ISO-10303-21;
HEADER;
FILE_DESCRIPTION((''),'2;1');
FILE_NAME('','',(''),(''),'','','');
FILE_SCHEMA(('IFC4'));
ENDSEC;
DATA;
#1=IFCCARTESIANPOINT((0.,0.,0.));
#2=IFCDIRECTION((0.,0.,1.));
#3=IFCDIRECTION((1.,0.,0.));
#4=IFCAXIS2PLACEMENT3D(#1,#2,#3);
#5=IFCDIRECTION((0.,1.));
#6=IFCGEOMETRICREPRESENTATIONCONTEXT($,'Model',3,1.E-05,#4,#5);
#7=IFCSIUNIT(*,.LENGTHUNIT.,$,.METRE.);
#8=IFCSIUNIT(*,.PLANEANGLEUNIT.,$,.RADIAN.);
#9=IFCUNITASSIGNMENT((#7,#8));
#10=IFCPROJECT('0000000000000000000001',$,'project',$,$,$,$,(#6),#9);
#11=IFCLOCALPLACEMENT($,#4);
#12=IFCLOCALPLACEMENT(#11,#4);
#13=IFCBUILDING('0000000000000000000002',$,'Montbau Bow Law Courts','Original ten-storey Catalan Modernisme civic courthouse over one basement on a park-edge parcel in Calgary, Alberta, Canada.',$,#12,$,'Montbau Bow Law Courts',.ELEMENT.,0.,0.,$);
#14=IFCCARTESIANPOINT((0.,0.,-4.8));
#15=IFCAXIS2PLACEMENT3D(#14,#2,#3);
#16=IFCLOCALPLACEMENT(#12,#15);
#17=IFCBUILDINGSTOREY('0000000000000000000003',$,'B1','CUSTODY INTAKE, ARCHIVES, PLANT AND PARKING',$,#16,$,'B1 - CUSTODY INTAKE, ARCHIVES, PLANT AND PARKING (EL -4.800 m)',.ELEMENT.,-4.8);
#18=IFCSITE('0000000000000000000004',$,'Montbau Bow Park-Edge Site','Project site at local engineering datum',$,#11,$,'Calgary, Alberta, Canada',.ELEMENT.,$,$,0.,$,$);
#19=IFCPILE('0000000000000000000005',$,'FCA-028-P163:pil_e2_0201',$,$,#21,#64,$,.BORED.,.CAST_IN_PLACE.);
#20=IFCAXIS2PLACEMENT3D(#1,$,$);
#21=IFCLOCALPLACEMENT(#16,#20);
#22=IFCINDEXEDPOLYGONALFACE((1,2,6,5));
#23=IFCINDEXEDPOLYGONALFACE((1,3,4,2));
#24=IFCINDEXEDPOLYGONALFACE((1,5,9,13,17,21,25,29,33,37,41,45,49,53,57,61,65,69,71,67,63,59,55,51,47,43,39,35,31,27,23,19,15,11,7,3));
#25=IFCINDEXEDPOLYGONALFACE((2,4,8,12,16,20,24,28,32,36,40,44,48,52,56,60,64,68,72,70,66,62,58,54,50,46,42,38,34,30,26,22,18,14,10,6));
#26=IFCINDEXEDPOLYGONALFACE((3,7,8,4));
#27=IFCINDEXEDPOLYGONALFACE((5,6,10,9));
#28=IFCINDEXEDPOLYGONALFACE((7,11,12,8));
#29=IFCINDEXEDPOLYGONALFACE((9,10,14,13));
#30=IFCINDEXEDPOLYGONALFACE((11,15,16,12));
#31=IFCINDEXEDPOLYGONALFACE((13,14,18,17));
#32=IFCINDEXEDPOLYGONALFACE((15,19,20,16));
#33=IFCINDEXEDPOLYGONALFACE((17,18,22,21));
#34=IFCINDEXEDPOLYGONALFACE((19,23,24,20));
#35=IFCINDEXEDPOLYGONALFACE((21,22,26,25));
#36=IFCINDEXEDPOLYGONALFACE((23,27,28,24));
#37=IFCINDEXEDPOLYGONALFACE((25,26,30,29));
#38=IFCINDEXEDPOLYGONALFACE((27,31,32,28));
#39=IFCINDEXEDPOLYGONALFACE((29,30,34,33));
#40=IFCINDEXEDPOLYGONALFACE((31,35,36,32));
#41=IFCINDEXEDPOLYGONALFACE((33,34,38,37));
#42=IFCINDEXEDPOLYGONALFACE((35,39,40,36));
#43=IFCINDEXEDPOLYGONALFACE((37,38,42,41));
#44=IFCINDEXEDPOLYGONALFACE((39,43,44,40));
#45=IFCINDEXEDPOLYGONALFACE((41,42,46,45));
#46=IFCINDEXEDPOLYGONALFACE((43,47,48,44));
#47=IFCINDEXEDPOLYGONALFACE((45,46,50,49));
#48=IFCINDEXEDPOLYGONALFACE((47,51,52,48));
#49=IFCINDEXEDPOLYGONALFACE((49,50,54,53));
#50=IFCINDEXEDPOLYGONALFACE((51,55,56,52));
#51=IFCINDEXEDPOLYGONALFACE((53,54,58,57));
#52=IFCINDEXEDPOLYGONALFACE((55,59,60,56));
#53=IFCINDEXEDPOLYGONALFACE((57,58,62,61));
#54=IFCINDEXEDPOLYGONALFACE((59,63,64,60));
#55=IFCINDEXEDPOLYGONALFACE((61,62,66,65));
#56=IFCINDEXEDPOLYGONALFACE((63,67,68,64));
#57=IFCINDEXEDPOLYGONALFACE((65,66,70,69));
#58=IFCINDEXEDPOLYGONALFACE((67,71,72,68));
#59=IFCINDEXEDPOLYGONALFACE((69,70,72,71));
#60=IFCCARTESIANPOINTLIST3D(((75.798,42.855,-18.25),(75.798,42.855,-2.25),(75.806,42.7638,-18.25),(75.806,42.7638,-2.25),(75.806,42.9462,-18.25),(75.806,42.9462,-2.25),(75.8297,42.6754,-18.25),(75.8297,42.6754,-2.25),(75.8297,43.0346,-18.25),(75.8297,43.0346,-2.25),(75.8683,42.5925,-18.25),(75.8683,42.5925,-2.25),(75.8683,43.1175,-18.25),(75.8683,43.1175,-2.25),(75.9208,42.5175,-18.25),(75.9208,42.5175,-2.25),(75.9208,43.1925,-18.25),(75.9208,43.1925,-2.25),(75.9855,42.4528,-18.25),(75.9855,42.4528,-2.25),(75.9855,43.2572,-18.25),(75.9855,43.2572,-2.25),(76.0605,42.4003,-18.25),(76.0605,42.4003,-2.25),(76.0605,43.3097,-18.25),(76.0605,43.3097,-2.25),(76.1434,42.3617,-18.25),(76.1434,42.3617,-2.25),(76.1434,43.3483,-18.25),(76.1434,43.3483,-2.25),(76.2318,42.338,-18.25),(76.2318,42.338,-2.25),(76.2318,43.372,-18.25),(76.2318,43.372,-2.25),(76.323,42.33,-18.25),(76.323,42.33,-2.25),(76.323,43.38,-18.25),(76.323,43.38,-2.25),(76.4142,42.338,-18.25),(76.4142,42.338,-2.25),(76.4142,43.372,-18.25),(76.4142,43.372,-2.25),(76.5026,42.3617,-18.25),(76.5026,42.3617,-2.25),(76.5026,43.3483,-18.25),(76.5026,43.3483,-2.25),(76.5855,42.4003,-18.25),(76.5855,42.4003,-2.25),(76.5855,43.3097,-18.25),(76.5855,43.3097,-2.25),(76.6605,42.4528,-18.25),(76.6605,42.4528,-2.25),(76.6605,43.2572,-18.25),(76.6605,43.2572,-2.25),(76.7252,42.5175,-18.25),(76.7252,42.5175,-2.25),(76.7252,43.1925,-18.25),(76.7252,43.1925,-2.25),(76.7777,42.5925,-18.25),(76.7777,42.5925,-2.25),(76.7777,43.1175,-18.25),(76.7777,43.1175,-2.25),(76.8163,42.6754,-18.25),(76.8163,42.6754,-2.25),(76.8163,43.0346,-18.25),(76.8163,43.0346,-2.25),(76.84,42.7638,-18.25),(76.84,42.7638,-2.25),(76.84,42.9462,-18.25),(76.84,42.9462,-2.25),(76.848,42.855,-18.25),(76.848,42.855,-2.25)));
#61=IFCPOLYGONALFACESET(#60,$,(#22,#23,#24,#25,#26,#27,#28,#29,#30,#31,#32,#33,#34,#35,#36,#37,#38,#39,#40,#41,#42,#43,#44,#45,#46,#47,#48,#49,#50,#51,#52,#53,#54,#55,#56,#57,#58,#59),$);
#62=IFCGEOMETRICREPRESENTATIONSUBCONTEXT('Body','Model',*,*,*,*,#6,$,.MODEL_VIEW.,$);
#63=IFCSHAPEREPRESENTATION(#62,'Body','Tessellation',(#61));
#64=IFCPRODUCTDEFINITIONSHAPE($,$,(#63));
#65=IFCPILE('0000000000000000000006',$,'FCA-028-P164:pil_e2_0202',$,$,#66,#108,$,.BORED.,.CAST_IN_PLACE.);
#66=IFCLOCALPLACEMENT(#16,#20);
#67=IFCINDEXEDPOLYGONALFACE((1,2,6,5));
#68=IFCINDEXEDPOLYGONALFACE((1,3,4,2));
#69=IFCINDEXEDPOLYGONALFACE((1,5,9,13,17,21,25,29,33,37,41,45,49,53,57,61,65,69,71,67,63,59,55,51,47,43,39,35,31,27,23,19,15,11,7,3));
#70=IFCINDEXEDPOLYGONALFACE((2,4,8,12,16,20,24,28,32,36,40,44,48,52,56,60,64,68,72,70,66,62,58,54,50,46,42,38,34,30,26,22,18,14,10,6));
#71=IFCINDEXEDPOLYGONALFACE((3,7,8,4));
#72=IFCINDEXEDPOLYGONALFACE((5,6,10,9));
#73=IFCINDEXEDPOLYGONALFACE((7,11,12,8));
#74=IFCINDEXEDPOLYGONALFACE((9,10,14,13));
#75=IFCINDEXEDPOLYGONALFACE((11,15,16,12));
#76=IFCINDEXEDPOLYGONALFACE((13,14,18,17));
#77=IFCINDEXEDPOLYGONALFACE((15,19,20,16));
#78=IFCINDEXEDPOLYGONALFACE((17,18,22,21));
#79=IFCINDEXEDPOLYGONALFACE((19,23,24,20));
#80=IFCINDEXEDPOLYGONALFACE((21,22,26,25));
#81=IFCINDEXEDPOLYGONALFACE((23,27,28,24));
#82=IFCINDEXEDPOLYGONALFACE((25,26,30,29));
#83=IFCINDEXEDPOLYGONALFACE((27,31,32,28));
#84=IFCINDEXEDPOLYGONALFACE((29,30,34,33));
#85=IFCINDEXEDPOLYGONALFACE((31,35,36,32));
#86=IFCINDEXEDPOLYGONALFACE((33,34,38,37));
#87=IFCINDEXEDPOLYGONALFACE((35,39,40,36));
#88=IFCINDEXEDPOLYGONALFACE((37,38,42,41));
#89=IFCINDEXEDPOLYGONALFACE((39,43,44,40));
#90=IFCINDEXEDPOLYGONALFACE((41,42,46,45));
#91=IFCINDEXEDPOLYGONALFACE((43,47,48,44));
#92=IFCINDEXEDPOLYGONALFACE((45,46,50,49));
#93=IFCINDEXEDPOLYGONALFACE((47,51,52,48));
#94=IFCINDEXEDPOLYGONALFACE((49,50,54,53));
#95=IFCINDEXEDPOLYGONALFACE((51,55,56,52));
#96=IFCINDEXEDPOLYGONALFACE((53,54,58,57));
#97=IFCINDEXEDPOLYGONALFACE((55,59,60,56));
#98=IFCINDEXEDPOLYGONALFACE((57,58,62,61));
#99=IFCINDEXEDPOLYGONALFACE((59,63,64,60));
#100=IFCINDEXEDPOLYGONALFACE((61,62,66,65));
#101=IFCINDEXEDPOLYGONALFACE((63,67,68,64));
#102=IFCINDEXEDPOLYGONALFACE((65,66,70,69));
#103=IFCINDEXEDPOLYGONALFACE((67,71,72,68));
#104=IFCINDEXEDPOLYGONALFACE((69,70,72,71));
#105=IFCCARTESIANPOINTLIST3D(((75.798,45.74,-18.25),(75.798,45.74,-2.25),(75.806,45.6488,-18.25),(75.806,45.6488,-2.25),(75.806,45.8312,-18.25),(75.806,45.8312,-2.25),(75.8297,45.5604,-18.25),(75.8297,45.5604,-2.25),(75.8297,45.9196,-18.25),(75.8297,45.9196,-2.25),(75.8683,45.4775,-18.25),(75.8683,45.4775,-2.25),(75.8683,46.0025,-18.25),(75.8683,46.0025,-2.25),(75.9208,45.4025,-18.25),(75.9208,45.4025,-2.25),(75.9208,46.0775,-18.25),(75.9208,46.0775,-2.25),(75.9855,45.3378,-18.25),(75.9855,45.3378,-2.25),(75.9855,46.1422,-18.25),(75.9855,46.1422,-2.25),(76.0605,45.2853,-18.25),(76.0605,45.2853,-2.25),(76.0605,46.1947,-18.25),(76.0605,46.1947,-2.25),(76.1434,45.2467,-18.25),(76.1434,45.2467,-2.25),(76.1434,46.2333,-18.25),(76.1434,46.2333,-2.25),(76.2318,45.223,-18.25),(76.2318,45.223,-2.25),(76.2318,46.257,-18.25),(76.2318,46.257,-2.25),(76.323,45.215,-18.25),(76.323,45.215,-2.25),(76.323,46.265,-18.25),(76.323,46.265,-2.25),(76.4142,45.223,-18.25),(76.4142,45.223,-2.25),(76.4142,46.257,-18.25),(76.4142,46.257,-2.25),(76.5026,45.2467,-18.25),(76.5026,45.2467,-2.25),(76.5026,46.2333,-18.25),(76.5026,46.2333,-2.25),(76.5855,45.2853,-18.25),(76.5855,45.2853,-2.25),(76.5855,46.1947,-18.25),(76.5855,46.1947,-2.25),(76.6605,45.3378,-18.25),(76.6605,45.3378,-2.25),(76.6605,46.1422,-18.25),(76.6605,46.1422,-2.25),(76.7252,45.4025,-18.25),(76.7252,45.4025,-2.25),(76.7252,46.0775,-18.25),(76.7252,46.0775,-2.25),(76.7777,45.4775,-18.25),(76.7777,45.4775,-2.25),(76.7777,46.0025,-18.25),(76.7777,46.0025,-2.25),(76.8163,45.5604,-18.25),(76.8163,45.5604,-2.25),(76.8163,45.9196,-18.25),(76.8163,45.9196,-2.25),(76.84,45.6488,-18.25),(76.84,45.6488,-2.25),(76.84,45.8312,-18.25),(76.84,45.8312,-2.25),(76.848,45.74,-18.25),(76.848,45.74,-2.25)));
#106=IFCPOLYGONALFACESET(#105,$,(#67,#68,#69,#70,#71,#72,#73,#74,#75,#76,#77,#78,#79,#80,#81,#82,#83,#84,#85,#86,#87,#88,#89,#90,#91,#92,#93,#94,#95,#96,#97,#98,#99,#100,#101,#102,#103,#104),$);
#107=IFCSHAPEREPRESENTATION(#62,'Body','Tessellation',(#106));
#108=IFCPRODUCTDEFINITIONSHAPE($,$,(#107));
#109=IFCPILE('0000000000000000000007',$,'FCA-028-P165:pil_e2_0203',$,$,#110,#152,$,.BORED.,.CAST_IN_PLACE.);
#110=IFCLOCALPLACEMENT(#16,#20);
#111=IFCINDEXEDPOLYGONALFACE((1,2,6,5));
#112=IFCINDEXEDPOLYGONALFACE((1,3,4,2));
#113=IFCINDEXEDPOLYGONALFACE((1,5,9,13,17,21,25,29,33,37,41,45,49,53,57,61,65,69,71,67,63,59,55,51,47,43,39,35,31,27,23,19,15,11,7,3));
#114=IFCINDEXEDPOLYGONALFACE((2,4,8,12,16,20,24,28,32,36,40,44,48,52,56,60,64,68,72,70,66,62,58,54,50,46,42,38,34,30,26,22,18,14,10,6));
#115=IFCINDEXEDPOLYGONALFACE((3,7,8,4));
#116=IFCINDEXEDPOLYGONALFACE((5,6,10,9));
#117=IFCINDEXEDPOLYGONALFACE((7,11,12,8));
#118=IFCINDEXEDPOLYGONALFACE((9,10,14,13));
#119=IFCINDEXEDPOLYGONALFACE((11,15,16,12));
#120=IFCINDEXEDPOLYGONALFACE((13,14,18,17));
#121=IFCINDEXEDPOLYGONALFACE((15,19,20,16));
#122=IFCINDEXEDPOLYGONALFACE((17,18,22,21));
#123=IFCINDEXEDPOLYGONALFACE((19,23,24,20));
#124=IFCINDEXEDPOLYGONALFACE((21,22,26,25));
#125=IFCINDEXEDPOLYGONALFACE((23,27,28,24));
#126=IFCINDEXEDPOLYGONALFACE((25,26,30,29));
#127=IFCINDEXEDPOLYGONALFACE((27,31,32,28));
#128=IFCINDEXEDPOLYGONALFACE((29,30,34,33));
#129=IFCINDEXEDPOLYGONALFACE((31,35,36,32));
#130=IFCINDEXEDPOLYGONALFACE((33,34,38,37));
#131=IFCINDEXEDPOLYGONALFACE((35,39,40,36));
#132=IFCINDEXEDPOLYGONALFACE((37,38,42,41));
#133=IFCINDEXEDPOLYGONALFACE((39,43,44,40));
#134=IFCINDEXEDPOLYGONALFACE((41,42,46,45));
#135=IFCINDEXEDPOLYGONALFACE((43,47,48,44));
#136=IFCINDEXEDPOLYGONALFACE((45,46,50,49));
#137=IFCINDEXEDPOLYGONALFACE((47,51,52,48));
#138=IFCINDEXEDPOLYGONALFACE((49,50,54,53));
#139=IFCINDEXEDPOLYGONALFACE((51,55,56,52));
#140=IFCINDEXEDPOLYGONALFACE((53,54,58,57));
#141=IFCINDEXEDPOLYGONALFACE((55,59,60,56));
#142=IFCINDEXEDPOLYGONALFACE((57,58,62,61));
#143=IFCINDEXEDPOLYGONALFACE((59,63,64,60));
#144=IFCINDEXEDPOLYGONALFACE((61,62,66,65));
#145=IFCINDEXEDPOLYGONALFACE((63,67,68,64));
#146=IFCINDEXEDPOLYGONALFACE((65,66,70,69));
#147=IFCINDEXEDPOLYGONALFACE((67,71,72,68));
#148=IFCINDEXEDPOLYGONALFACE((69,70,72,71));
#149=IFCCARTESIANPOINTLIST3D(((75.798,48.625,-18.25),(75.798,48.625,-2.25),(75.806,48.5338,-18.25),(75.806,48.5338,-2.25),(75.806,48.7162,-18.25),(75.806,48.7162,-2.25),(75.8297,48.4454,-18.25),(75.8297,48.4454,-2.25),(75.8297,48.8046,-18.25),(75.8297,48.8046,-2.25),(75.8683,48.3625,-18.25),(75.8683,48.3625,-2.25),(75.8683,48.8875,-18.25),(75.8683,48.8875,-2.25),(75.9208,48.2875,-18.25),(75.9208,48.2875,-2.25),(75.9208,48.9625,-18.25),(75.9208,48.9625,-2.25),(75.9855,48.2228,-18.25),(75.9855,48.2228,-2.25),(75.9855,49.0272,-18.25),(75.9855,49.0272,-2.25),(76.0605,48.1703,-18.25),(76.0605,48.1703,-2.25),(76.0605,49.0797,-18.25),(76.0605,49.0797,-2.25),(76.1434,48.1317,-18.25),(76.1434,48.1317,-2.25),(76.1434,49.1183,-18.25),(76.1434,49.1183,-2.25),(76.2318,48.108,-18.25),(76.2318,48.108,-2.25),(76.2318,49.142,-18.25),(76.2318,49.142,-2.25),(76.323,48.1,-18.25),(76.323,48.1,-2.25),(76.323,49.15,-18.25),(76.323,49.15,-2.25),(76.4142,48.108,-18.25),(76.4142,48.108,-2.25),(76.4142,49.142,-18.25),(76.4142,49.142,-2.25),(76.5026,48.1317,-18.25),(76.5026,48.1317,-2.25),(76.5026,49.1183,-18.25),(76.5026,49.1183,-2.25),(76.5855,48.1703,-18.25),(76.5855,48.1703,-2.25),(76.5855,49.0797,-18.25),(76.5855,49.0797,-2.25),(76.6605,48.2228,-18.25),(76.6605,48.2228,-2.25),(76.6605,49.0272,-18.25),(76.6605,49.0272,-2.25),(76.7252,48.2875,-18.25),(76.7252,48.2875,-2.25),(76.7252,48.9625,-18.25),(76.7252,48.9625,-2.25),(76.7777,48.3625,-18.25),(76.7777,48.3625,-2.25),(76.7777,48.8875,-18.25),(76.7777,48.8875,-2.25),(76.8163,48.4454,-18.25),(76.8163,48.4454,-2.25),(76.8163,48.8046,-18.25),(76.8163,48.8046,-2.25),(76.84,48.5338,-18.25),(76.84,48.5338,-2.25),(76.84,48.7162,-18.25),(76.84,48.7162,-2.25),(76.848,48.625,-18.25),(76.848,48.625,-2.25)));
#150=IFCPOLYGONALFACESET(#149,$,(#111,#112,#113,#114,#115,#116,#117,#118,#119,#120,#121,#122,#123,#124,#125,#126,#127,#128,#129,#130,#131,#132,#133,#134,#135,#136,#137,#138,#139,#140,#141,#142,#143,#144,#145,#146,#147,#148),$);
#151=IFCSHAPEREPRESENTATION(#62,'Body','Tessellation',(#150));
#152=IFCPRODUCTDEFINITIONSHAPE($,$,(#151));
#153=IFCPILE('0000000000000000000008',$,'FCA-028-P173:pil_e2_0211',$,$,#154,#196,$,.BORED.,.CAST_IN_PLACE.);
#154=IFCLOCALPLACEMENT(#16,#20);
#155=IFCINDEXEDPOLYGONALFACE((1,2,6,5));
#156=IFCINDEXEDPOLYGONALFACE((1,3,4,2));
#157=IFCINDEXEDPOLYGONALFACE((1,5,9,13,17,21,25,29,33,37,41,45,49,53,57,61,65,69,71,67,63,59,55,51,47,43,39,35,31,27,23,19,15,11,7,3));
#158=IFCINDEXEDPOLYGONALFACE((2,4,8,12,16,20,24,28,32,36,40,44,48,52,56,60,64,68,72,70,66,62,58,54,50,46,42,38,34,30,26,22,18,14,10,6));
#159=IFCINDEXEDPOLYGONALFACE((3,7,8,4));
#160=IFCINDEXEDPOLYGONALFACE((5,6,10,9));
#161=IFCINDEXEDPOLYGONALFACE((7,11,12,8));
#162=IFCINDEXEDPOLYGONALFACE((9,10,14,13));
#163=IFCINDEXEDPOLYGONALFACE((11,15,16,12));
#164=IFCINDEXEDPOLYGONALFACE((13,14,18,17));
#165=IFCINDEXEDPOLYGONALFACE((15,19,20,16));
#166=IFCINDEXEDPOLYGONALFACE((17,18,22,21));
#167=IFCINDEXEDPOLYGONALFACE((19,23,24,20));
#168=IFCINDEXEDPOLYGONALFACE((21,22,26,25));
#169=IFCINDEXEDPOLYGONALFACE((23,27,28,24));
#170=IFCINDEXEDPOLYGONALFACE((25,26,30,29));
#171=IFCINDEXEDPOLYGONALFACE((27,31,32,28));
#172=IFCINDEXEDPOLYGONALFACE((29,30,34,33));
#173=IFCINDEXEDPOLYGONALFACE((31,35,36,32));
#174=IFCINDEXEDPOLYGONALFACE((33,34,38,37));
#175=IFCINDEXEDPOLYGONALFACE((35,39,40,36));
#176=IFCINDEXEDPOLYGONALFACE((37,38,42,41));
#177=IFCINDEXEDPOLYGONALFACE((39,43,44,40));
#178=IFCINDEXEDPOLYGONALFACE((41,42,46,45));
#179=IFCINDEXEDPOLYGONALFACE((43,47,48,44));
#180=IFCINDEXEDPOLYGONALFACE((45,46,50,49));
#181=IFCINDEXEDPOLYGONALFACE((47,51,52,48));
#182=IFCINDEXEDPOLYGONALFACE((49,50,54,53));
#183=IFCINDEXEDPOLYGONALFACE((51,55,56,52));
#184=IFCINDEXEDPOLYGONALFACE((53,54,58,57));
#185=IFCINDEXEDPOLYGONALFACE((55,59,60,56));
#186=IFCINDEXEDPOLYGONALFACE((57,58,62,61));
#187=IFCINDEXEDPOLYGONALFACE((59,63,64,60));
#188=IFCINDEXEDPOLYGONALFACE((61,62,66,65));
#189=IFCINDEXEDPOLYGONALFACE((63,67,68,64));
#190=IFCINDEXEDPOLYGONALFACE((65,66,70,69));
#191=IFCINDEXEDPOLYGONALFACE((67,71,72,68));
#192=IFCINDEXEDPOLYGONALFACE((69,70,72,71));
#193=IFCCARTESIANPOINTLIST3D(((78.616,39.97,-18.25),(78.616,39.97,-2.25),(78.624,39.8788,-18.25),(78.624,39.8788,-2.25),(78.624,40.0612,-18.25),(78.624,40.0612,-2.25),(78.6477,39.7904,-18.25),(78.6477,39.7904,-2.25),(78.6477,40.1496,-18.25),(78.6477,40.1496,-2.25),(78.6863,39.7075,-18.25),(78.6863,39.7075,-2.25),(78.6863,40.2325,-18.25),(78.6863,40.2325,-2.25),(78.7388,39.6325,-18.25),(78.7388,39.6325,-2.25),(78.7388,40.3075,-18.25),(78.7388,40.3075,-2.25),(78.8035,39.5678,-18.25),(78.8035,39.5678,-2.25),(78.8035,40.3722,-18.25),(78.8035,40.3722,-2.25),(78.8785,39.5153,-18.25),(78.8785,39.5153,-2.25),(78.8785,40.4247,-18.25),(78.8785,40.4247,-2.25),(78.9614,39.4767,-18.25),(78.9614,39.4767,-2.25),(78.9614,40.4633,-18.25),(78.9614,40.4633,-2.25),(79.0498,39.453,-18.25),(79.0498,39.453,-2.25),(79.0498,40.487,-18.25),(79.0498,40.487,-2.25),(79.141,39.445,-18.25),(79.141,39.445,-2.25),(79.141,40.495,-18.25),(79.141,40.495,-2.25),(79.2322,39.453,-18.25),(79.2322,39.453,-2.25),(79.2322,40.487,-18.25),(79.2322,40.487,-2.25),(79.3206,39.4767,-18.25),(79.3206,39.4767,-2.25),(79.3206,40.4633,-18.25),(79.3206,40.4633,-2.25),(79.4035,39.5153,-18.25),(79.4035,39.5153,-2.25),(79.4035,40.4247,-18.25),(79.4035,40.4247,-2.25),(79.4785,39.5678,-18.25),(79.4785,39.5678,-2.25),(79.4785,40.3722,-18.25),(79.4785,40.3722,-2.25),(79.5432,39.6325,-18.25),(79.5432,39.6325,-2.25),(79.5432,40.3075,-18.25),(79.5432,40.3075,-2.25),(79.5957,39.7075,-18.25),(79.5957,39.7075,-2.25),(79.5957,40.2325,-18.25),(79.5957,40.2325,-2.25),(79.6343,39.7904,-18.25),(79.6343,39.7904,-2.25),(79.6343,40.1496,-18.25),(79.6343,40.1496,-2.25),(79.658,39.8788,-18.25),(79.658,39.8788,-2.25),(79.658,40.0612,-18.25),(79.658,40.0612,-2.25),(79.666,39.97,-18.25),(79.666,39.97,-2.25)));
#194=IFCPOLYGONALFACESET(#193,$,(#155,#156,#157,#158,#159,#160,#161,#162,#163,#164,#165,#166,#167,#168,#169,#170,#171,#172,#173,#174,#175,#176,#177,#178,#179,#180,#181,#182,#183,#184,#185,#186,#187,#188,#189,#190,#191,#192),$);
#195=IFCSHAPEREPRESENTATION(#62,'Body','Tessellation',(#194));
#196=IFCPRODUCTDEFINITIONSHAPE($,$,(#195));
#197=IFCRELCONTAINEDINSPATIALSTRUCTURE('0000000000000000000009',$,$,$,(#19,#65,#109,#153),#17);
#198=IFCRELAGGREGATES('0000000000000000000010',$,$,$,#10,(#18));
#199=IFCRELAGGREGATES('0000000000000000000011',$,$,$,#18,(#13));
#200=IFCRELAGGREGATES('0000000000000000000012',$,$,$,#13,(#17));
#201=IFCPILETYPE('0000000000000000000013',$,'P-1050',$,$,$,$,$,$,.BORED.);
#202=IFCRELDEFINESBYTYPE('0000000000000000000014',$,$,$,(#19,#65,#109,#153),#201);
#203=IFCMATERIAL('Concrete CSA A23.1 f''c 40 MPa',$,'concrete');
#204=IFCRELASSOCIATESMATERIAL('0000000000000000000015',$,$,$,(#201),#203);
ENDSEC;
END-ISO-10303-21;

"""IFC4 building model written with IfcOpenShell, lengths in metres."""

from ifc_helpers import new_model, si_unit, direction, frame, origin_with_axes, origin_2d_with_axis, place, context, subcontext, project, spatial, circle, extrude, material, material_profile, profile_set, type_object, element, save


model = new_model("IFC4")

# Units and contexts
model_context = context("Model", 3, precision=1e-05, world=origin_with_axes(), true_north=direction((0.0, 1.0)))
body_context = subcontext(model_context, "Body", "Model", "MODEL_VIEW")
ifc_project = project(units=[si_unit("LENGTHUNIT", "METRE"), si_unit("PLANEANGLEUNIT", "RADIAN")], contexts=[model_context])

# Site, building, storey
site_placement = place(None, origin_with_axes())
site = spatial("IfcSite", under=ifc_project, at=site_placement, Name="Montbau Bow Park-Edge Site", Description="Project site at local engineering datum", LongName="Calgary, Alberta, Canada", CompositionType="ELEMENT", RefElevation=0.0)
building_placement = place(site_placement, origin_with_axes())
building = spatial("IfcBuilding", under=site, at=building_placement, Name="Montbau Bow Law Courts", Description="Original ten-storey Catalan Modernisme civic courthouse over one basement on a park-edge parcel in Calgary, Alberta, Canada.", LongName="Montbau Bow Law Courts", CompositionType="ELEMENT", ElevationOfRefHeight=0.0, ElevationOfTerrain=0.0)
storey_placement = place(building_placement, frame((0.0, 0.0, -4.8), z_axis=(0.0, 0.0, 1.0), x_axis=(1.0, 0.0, 0.0)))
storey = spatial("IfcBuildingStorey", under=building, at=storey_placement, Name="B1", Description="CUSTODY INTAKE, ARCHIVES, PLANT AND PARKING", LongName="B1 - CUSTODY INTAKE, ARCHIVES, PLANT AND PARKING (EL -4.800 m)", CompositionType="ELEMENT", Elevation=-4.8)

# Piles
ifc_material_1 = material(Name="Concrete CSA A23.1 f'c 40 MPa", Category="concrete")
ifc_material_profile_1 = material_profile(ifc_material_1, circle(Radius=0.525, at=origin_2d_with_axis()), Name="BP1050", Category="Main", Priority=0)
ifc_profile_set_1 = profile_set([ifc_material_profile_1], Name="Concrete CSA A23.1 f'c 40 MPa")
pile_type = type_object("IfcPileType", Name="P-1050", PredefinedType="BORED", material=ifc_profile_set_1)
for number, where, z_axis, x_axis, name in (
    (1, (76.323, 42.855, -23.05), (0.0, 0.0, 1.0), (1.0, 0.0, 0.0), "FCA-028-P163:pil_e2_0201"),
    (2, (76.323, 45.74, -23.05), (0.0, 0.0, 1.0), (1.0, 0.0, 0.0), "FCA-028-P164:pil_e2_0202"),
    (3, (76.323, 48.625, -23.05), (0.0, 0.0, 1.0), (1.0, 0.0, 0.0), "FCA-028-P165:pil_e2_0203"),
    (4, (79.141, 39.97, -23.05), (0.0, 0.0, 1.0), (1.0, 0.0, 0.0), "FCA-028-P173:pil_e2_0211"),
):
    element("IfcPile", number, at=place(None, frame(where, z_axis=z_axis, x_axis=x_axis)), inside=storey, type_object=pile_type, Name=name, ConstructionType="CAST_IN_PLACE", PredefinedType="BORED", context=body_context, shape_type="SweptSolid", body=[
        extrude(circle(Radius=0.525, at=origin_2d_with_axis()), origin_with_axes(), (0.0, 0.0, 1.0), 16.0),
    ])

save(model, "model.ifc")
